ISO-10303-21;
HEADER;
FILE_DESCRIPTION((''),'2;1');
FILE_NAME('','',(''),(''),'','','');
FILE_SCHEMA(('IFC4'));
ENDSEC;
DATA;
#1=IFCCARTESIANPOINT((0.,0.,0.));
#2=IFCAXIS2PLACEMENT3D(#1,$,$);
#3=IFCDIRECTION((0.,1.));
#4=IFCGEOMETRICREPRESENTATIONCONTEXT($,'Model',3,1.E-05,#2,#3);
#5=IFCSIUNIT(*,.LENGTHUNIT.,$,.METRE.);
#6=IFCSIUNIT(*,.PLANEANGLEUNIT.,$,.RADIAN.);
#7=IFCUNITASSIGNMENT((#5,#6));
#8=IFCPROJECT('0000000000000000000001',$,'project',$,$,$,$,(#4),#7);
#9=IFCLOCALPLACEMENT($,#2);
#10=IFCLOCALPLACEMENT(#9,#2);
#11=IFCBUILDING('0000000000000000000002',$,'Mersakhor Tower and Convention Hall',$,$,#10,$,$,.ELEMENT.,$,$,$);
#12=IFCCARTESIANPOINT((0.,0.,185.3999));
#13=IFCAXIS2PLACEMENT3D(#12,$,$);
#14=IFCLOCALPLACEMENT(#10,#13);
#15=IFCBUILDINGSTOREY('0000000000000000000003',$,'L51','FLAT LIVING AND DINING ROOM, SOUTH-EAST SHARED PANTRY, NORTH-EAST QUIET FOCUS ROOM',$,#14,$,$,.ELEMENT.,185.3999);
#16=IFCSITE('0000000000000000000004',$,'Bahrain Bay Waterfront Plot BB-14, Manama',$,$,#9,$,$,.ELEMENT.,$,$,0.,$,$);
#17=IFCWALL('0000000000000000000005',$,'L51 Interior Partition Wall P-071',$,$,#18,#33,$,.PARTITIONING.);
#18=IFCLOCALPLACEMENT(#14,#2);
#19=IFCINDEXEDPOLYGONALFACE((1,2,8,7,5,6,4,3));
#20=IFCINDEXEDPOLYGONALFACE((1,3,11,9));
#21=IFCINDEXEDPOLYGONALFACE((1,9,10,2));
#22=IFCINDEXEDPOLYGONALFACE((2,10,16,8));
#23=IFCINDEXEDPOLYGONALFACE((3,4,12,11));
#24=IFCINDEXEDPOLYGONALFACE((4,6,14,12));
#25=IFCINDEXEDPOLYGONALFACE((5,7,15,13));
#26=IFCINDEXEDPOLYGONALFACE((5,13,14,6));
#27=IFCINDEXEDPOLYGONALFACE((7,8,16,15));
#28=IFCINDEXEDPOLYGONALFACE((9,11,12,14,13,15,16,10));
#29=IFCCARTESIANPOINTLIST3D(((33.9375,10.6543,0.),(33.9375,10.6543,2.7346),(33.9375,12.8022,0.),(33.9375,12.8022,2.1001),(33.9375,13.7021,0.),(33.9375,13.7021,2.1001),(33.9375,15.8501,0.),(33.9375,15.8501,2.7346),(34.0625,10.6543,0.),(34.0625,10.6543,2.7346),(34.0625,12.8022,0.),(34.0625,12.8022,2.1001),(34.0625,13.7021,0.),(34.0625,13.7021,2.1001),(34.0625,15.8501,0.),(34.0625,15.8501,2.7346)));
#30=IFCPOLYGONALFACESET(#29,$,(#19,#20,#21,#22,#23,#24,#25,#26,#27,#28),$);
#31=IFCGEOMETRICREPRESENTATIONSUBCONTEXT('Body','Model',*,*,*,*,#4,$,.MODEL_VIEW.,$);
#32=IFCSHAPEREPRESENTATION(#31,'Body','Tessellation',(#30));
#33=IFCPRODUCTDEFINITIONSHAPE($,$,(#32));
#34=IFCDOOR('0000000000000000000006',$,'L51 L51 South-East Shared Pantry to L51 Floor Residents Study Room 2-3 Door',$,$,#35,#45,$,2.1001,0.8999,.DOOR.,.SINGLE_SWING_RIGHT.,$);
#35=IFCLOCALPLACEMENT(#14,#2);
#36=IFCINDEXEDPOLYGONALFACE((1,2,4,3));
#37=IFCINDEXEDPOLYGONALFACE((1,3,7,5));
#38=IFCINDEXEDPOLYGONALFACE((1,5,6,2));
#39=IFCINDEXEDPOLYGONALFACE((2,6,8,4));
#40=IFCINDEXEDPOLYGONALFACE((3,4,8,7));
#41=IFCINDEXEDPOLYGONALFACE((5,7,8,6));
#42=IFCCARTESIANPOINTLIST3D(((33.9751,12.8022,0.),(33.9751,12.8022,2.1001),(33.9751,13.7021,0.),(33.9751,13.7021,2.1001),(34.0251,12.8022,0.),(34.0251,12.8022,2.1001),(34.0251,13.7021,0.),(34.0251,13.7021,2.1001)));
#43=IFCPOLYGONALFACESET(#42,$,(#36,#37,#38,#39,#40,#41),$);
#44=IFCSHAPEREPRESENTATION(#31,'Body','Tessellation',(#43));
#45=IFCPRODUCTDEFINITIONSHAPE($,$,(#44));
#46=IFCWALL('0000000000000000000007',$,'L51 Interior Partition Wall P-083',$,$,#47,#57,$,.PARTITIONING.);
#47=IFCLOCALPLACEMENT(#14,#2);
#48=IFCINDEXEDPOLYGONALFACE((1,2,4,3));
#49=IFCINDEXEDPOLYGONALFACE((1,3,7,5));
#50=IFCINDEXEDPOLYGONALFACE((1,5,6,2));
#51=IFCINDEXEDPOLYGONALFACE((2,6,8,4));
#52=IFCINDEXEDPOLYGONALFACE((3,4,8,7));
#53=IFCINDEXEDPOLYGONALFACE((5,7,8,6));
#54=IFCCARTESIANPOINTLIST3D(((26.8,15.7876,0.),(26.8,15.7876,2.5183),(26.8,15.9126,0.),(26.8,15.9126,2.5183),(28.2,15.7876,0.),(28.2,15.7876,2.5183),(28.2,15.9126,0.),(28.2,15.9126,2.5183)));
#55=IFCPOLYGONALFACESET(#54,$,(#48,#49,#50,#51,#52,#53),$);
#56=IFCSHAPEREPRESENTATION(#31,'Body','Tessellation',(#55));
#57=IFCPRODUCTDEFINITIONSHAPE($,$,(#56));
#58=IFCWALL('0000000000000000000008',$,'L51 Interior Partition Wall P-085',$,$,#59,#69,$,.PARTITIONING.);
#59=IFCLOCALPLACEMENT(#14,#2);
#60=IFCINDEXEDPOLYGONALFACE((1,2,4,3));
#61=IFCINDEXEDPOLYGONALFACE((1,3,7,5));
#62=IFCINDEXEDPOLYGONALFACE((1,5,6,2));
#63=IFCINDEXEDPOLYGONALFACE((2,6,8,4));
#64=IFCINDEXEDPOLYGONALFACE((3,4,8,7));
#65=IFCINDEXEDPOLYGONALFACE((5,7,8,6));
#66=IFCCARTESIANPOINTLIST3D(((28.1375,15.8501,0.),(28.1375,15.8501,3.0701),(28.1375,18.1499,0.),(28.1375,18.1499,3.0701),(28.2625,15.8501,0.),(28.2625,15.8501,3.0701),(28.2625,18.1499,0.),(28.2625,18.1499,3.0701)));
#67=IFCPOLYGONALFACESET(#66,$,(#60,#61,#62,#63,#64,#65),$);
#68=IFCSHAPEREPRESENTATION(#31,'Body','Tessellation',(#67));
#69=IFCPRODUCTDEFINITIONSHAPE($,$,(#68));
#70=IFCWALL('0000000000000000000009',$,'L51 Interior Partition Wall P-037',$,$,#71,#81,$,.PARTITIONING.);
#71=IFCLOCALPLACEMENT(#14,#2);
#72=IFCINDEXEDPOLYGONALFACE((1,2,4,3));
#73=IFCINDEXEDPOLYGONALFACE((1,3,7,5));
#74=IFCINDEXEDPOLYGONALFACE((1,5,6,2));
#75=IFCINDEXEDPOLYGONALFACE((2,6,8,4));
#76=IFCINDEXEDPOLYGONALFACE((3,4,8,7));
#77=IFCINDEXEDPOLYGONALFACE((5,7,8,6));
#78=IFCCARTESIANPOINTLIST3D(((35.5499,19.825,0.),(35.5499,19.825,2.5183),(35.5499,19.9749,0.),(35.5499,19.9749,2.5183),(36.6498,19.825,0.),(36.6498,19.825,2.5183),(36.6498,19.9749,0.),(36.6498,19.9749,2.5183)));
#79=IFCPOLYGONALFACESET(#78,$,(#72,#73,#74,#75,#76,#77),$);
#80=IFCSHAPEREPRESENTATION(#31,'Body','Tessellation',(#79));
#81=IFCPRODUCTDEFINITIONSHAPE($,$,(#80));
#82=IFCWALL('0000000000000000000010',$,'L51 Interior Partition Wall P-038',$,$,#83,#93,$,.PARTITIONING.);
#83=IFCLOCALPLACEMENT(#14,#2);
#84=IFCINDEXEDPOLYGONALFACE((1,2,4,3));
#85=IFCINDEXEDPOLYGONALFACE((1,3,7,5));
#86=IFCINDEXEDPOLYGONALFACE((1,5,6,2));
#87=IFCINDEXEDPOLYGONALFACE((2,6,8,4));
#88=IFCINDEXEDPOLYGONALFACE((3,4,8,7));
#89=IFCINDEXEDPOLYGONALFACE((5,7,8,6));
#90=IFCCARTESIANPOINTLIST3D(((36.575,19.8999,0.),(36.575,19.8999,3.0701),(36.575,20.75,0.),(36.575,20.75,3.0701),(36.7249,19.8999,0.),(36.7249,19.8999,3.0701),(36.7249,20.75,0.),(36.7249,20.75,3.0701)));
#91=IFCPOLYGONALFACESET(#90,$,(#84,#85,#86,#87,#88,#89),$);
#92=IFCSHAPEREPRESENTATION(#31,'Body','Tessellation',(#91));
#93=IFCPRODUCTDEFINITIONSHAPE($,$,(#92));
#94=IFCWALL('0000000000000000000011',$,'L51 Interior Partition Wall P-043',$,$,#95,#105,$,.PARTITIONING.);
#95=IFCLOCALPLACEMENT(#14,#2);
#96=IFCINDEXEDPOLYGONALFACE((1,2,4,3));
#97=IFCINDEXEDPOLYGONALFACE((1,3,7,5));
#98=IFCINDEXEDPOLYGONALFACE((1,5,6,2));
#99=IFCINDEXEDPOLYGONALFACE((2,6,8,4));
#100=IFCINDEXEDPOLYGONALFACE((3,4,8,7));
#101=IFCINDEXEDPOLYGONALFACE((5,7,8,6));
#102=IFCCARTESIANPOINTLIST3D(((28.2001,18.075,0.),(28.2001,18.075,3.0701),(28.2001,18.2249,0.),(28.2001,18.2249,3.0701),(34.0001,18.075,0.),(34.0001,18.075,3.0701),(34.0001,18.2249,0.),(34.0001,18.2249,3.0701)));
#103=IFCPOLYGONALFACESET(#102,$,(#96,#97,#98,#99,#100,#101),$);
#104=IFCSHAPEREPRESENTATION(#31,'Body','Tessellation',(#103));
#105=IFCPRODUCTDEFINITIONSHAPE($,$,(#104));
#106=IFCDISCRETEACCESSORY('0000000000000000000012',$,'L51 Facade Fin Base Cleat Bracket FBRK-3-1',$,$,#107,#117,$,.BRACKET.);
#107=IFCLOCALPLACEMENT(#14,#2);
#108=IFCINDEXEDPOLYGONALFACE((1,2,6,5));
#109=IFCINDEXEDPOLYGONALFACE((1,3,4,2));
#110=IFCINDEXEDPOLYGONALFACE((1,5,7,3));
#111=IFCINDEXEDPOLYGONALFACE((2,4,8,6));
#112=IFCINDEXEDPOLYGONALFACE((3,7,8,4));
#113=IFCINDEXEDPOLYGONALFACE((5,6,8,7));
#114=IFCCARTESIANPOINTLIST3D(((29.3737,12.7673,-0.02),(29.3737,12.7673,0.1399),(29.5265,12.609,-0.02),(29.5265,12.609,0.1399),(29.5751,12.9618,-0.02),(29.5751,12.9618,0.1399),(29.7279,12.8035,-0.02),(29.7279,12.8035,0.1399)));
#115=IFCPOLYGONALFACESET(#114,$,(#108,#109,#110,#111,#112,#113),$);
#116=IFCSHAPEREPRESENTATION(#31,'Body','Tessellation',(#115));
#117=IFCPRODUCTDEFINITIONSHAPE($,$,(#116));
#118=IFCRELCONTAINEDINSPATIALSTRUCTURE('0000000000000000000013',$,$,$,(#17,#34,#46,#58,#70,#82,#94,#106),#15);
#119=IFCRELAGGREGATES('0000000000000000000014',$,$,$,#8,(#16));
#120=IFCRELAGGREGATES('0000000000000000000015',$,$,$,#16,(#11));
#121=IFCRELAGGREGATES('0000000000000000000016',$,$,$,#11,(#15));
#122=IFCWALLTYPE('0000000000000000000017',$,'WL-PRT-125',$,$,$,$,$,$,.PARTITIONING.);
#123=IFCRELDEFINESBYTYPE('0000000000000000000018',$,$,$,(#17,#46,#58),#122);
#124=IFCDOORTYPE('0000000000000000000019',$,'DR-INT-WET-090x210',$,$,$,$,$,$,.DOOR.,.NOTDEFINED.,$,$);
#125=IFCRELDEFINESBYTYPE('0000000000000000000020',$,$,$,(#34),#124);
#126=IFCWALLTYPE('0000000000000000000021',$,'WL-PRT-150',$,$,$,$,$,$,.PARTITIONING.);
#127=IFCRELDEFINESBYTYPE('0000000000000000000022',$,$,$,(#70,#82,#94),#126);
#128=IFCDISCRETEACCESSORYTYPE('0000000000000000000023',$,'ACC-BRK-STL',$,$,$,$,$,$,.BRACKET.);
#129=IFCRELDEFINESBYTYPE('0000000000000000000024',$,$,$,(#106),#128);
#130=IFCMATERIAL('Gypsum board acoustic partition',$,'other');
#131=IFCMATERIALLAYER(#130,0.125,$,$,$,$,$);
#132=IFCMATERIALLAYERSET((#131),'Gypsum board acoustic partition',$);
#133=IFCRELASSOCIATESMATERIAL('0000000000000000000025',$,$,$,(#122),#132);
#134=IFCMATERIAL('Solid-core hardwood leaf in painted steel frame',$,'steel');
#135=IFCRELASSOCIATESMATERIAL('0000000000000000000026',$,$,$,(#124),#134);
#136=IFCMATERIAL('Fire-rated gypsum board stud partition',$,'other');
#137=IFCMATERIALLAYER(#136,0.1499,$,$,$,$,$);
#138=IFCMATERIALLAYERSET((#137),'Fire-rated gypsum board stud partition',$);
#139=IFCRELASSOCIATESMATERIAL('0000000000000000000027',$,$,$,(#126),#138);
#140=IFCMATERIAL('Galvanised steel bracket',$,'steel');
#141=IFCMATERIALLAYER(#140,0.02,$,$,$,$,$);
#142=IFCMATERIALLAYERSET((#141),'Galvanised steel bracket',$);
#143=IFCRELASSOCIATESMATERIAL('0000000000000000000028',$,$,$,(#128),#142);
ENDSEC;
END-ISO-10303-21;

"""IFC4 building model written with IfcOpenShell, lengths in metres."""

from ifc_helpers import new_model, si_unit, direction, frame, frame_2d, origin, origin_2d, place, context, subcontext, project, spatial, rectangle, extrude, material, layer, layer_set, type_object, element, fill, save


model = new_model("IFC4")

# Units and contexts
model_context = context("Model", 3, precision=1e-05, world=origin(), true_north=direction((0.0, 1.0)))
body_context = subcontext(model_context, "Body", "Model", "MODEL_VIEW")
ifc_project = project(units=[si_unit("LENGTHUNIT", "METRE"), si_unit("PLANEANGLEUNIT", "RADIAN")], contexts=[model_context])

# Site, building, storey
site_placement = place(None, origin())
site = spatial("IfcSite", under=ifc_project, at=site_placement, Name="Bahrain Bay Waterfront Plot BB-14, Manama", CompositionType="ELEMENT", RefElevation=0.0)
building_placement = place(site_placement, origin())
building = spatial("IfcBuilding", under=site, at=building_placement, Name="Mersakhor Tower and Convention Hall", CompositionType="ELEMENT")
storey_placement = place(building_placement, frame((0.0, 0.0, 185.3999)))
storey = spatial("IfcBuildingStorey", under=building, at=storey_placement, Name="L51", Description="FLAT LIVING AND DINING ROOM, SOUTH-EAST SHARED PANTRY, NORTH-EAST QUIET FOCUS ROOM", CompositionType="ELEMENT", Elevation=185.3999)

# Wall, opening, door
ifc_material_1 = material(Name="Gypsum board acoustic partition", Category="other")
ifc_layer_1 = layer(ifc_material_1, 0.125)
ifc_layer_set_1 = layer_set([ifc_layer_1], Name="Gypsum board acoustic partition")
wall_type_1 = type_object("IfcWallType", Name="WL-PRT-125", PredefinedType="PARTITIONING", material=ifc_layer_set_1)
wall_1_placement = place(storey_placement, frame((34.0, 10.6543, 0.0), z_axis=(0.0, 0.0, 1.0), x_axis=(0.0, 1.0, 0.0)))
wall_1 = element("IfcWall", 1, at=wall_1_placement, inside=storey, type_object=wall_type_1, Name="L51 Interior Partition Wall P-071", PredefinedType="PARTITIONING", context=body_context, shape_type="SweptSolid", body=[
    extrude(rectangle(XDim=5.1958, YDim=0.125, at=frame_2d((2.5979, 0.0))), origin(), (0.0, 0.0, 1.0), 2.7346),
])
opening_1_placement = place(wall_1_placement, frame((2.1479, 0.0, 0.0)))
opening_1 = element("IfcOpeningElement", 2, at=opening_1_placement, cuts=wall_1, PredefinedType="OPENING", context=body_context, shape_type="SweptSolid", body=[
    extrude(rectangle(XDim=0.8999, YDim=2.1001, at=frame_2d((0.45, 1.05))), frame((0.0, 0.0725, 0.0), z_axis=(0.0, -1.0, 0.0), x_axis=(1.0, 0.0, 0.0)), (0.0, 0.0, 1.0), 0.145),
])
ifc_material_2 = material(Name="Solid-core hardwood leaf in painted steel frame", Category="steel")
door_type_1 = type_object("IfcDoorType", Name="DR-INT-WET-090x210", OperationType="NOTDEFINED", PredefinedType="DOOR", material=ifc_material_2)
door_1_placement = place(opening_1_placement, origin())
door_1 = element("IfcDoor", 3, at=door_1_placement, inside=storey, type_object=door_type_1, Name="L51 L51 South-East Shared Pantry to L51 Floor Residents Study Room 2-3 Door", OperationType="SINGLE_SWING_RIGHT", OverallHeight=2.1001, OverallWidth=0.8999, PredefinedType="DOOR", context=body_context, shape_type="SweptSolid", body=[
    extrude(rectangle(XDim=0.8999, YDim=2.1001, at=frame_2d((0.45, 1.05))), frame((0.0, 0.0249, 0.0), z_axis=(0.0, -1.0, 0.0), x_axis=(1.0, 0.0, 0.0)), (0.0, 0.0, 1.0), 0.05),
])
fill(opening_1, door_1)

# Walls
wall_2_placement = place(storey_placement, frame((28.2, 15.8501, 0.0), z_axis=(0.0, 0.0, 1.0), x_axis=(-1.0, 0.0, 0.0)))
element("IfcWall", 4, at=wall_2_placement, inside=storey, type_object=wall_type_1, Name="L51 Interior Partition Wall P-083", PredefinedType="PARTITIONING", context=body_context, shape_type="SweptSolid", body=[
    extrude(rectangle(XDim=1.3999, YDim=0.125, at=frame_2d((0.7, 0.0))), origin(), (0.0, 0.0, 1.0), 2.5183),
])
wall_3_placement = place(storey_placement, frame((28.2, 18.1499, 0.0), z_axis=(0.0, 0.0, 1.0), x_axis=(0.0, -1.0, 0.0)))
element("IfcWall", 5, at=wall_3_placement, inside=storey, type_object=wall_type_1, Name="L51 Interior Partition Wall P-085", PredefinedType="PARTITIONING", context=body_context, shape_type="SweptSolid", body=[
    extrude(rectangle(XDim=2.2998, YDim=0.125, at=frame_2d((1.1499, 0.0))), origin(), (0.0, 0.0, 1.0), 3.0701),
])
ifc_material_3 = material(Name="Fire-rated gypsum board stud partition", Category="other")
ifc_layer_2 = layer(ifc_material_3, 0.1499)
ifc_layer_set_2 = layer_set([ifc_layer_2], Name="Fire-rated gypsum board stud partition")
wall_type_2 = type_object("IfcWallType", Name="WL-PRT-150", PredefinedType="PARTITIONING", material=ifc_layer_set_2)
wall_4_placement = place(storey_placement, frame((35.55, 19.8999, 0.0), z_axis=(0.0, 0.0, 1.0), x_axis=(1.0, 0.0, 0.0)))
element("IfcWall", 6, at=wall_4_placement, inside=storey, type_object=wall_type_2, Name="L51 Interior Partition Wall P-037", PredefinedType="PARTITIONING", context=body_context, shape_type="SweptSolid", body=[
    extrude(rectangle(XDim=1.0999, YDim=0.1499, at=frame_2d((0.5498, 0.0))), origin(), (0.0, 0.0, 1.0), 2.5183),
])
wall_5_placement = place(storey_placement, frame((36.6499, 19.8999, 0.0), z_axis=(0.0, 0.0, 1.0), x_axis=(0.0, 1.0, 0.0)))
element("IfcWall", 7, at=wall_5_placement, inside=storey, type_object=wall_type_2, Name="L51 Interior Partition Wall P-038", PredefinedType="PARTITIONING", context=body_context, shape_type="SweptSolid", body=[
    extrude(rectangle(XDim=0.8501, YDim=0.1499, at=frame_2d((0.425, 0.0))), origin(), (0.0, 0.0, 1.0), 3.0701),
])
wall_6_placement = place(storey_placement, frame((34.0, 18.1499, 0.0), z_axis=(0.0, 0.0, 1.0), x_axis=(-1.0, 0.0, 0.0)))
element("IfcWall", 8, at=wall_6_placement, inside=storey, type_object=wall_type_2, Name="L51 Interior Partition Wall P-043", PredefinedType="PARTITIONING", context=body_context, shape_type="SweptSolid", body=[
    extrude(rectangle(XDim=5.8, YDim=0.1499, at=frame_2d((2.8999, 0.0))), origin(), (0.0, 0.0, 1.0), 3.0701),
])

# Discrete accessory
ifc_material_4 = material(Name="Galvanised steel bracket", Category="steel")
ifc_layer_3 = layer(ifc_material_4, 0.02)
ifc_layer_set_3 = layer_set([ifc_layer_3], Name="Galvanised steel bracket")
discrete_accessory_type = type_object("IfcDiscreteAccessoryType", Name="ACC-BRK-STL", PredefinedType="BRACKET", material=ifc_layer_set_3)
discrete_accessory_placement = place(storey_placement, frame((29.5508, 12.7854, -0.02), z_axis=(0.0, 0.0, 1.0), x_axis=(-0.71934, -0.694658, 0.0)))
element("IfcDiscreteAccessory", 9, at=discrete_accessory_placement, inside=storey, type_object=discrete_accessory_type, Name="L51 Facade Fin Base Cleat Bracket FBRK-3-1", PredefinedType="BRACKET", context=body_context, shape_type="SweptSolid", body=[
    extrude(rectangle(XDim=0.28, YDim=0.22, at=origin_2d()), origin(), (0.0, 0.0, 1.0), 0.1599),
])

save(model, "model.ifc")
